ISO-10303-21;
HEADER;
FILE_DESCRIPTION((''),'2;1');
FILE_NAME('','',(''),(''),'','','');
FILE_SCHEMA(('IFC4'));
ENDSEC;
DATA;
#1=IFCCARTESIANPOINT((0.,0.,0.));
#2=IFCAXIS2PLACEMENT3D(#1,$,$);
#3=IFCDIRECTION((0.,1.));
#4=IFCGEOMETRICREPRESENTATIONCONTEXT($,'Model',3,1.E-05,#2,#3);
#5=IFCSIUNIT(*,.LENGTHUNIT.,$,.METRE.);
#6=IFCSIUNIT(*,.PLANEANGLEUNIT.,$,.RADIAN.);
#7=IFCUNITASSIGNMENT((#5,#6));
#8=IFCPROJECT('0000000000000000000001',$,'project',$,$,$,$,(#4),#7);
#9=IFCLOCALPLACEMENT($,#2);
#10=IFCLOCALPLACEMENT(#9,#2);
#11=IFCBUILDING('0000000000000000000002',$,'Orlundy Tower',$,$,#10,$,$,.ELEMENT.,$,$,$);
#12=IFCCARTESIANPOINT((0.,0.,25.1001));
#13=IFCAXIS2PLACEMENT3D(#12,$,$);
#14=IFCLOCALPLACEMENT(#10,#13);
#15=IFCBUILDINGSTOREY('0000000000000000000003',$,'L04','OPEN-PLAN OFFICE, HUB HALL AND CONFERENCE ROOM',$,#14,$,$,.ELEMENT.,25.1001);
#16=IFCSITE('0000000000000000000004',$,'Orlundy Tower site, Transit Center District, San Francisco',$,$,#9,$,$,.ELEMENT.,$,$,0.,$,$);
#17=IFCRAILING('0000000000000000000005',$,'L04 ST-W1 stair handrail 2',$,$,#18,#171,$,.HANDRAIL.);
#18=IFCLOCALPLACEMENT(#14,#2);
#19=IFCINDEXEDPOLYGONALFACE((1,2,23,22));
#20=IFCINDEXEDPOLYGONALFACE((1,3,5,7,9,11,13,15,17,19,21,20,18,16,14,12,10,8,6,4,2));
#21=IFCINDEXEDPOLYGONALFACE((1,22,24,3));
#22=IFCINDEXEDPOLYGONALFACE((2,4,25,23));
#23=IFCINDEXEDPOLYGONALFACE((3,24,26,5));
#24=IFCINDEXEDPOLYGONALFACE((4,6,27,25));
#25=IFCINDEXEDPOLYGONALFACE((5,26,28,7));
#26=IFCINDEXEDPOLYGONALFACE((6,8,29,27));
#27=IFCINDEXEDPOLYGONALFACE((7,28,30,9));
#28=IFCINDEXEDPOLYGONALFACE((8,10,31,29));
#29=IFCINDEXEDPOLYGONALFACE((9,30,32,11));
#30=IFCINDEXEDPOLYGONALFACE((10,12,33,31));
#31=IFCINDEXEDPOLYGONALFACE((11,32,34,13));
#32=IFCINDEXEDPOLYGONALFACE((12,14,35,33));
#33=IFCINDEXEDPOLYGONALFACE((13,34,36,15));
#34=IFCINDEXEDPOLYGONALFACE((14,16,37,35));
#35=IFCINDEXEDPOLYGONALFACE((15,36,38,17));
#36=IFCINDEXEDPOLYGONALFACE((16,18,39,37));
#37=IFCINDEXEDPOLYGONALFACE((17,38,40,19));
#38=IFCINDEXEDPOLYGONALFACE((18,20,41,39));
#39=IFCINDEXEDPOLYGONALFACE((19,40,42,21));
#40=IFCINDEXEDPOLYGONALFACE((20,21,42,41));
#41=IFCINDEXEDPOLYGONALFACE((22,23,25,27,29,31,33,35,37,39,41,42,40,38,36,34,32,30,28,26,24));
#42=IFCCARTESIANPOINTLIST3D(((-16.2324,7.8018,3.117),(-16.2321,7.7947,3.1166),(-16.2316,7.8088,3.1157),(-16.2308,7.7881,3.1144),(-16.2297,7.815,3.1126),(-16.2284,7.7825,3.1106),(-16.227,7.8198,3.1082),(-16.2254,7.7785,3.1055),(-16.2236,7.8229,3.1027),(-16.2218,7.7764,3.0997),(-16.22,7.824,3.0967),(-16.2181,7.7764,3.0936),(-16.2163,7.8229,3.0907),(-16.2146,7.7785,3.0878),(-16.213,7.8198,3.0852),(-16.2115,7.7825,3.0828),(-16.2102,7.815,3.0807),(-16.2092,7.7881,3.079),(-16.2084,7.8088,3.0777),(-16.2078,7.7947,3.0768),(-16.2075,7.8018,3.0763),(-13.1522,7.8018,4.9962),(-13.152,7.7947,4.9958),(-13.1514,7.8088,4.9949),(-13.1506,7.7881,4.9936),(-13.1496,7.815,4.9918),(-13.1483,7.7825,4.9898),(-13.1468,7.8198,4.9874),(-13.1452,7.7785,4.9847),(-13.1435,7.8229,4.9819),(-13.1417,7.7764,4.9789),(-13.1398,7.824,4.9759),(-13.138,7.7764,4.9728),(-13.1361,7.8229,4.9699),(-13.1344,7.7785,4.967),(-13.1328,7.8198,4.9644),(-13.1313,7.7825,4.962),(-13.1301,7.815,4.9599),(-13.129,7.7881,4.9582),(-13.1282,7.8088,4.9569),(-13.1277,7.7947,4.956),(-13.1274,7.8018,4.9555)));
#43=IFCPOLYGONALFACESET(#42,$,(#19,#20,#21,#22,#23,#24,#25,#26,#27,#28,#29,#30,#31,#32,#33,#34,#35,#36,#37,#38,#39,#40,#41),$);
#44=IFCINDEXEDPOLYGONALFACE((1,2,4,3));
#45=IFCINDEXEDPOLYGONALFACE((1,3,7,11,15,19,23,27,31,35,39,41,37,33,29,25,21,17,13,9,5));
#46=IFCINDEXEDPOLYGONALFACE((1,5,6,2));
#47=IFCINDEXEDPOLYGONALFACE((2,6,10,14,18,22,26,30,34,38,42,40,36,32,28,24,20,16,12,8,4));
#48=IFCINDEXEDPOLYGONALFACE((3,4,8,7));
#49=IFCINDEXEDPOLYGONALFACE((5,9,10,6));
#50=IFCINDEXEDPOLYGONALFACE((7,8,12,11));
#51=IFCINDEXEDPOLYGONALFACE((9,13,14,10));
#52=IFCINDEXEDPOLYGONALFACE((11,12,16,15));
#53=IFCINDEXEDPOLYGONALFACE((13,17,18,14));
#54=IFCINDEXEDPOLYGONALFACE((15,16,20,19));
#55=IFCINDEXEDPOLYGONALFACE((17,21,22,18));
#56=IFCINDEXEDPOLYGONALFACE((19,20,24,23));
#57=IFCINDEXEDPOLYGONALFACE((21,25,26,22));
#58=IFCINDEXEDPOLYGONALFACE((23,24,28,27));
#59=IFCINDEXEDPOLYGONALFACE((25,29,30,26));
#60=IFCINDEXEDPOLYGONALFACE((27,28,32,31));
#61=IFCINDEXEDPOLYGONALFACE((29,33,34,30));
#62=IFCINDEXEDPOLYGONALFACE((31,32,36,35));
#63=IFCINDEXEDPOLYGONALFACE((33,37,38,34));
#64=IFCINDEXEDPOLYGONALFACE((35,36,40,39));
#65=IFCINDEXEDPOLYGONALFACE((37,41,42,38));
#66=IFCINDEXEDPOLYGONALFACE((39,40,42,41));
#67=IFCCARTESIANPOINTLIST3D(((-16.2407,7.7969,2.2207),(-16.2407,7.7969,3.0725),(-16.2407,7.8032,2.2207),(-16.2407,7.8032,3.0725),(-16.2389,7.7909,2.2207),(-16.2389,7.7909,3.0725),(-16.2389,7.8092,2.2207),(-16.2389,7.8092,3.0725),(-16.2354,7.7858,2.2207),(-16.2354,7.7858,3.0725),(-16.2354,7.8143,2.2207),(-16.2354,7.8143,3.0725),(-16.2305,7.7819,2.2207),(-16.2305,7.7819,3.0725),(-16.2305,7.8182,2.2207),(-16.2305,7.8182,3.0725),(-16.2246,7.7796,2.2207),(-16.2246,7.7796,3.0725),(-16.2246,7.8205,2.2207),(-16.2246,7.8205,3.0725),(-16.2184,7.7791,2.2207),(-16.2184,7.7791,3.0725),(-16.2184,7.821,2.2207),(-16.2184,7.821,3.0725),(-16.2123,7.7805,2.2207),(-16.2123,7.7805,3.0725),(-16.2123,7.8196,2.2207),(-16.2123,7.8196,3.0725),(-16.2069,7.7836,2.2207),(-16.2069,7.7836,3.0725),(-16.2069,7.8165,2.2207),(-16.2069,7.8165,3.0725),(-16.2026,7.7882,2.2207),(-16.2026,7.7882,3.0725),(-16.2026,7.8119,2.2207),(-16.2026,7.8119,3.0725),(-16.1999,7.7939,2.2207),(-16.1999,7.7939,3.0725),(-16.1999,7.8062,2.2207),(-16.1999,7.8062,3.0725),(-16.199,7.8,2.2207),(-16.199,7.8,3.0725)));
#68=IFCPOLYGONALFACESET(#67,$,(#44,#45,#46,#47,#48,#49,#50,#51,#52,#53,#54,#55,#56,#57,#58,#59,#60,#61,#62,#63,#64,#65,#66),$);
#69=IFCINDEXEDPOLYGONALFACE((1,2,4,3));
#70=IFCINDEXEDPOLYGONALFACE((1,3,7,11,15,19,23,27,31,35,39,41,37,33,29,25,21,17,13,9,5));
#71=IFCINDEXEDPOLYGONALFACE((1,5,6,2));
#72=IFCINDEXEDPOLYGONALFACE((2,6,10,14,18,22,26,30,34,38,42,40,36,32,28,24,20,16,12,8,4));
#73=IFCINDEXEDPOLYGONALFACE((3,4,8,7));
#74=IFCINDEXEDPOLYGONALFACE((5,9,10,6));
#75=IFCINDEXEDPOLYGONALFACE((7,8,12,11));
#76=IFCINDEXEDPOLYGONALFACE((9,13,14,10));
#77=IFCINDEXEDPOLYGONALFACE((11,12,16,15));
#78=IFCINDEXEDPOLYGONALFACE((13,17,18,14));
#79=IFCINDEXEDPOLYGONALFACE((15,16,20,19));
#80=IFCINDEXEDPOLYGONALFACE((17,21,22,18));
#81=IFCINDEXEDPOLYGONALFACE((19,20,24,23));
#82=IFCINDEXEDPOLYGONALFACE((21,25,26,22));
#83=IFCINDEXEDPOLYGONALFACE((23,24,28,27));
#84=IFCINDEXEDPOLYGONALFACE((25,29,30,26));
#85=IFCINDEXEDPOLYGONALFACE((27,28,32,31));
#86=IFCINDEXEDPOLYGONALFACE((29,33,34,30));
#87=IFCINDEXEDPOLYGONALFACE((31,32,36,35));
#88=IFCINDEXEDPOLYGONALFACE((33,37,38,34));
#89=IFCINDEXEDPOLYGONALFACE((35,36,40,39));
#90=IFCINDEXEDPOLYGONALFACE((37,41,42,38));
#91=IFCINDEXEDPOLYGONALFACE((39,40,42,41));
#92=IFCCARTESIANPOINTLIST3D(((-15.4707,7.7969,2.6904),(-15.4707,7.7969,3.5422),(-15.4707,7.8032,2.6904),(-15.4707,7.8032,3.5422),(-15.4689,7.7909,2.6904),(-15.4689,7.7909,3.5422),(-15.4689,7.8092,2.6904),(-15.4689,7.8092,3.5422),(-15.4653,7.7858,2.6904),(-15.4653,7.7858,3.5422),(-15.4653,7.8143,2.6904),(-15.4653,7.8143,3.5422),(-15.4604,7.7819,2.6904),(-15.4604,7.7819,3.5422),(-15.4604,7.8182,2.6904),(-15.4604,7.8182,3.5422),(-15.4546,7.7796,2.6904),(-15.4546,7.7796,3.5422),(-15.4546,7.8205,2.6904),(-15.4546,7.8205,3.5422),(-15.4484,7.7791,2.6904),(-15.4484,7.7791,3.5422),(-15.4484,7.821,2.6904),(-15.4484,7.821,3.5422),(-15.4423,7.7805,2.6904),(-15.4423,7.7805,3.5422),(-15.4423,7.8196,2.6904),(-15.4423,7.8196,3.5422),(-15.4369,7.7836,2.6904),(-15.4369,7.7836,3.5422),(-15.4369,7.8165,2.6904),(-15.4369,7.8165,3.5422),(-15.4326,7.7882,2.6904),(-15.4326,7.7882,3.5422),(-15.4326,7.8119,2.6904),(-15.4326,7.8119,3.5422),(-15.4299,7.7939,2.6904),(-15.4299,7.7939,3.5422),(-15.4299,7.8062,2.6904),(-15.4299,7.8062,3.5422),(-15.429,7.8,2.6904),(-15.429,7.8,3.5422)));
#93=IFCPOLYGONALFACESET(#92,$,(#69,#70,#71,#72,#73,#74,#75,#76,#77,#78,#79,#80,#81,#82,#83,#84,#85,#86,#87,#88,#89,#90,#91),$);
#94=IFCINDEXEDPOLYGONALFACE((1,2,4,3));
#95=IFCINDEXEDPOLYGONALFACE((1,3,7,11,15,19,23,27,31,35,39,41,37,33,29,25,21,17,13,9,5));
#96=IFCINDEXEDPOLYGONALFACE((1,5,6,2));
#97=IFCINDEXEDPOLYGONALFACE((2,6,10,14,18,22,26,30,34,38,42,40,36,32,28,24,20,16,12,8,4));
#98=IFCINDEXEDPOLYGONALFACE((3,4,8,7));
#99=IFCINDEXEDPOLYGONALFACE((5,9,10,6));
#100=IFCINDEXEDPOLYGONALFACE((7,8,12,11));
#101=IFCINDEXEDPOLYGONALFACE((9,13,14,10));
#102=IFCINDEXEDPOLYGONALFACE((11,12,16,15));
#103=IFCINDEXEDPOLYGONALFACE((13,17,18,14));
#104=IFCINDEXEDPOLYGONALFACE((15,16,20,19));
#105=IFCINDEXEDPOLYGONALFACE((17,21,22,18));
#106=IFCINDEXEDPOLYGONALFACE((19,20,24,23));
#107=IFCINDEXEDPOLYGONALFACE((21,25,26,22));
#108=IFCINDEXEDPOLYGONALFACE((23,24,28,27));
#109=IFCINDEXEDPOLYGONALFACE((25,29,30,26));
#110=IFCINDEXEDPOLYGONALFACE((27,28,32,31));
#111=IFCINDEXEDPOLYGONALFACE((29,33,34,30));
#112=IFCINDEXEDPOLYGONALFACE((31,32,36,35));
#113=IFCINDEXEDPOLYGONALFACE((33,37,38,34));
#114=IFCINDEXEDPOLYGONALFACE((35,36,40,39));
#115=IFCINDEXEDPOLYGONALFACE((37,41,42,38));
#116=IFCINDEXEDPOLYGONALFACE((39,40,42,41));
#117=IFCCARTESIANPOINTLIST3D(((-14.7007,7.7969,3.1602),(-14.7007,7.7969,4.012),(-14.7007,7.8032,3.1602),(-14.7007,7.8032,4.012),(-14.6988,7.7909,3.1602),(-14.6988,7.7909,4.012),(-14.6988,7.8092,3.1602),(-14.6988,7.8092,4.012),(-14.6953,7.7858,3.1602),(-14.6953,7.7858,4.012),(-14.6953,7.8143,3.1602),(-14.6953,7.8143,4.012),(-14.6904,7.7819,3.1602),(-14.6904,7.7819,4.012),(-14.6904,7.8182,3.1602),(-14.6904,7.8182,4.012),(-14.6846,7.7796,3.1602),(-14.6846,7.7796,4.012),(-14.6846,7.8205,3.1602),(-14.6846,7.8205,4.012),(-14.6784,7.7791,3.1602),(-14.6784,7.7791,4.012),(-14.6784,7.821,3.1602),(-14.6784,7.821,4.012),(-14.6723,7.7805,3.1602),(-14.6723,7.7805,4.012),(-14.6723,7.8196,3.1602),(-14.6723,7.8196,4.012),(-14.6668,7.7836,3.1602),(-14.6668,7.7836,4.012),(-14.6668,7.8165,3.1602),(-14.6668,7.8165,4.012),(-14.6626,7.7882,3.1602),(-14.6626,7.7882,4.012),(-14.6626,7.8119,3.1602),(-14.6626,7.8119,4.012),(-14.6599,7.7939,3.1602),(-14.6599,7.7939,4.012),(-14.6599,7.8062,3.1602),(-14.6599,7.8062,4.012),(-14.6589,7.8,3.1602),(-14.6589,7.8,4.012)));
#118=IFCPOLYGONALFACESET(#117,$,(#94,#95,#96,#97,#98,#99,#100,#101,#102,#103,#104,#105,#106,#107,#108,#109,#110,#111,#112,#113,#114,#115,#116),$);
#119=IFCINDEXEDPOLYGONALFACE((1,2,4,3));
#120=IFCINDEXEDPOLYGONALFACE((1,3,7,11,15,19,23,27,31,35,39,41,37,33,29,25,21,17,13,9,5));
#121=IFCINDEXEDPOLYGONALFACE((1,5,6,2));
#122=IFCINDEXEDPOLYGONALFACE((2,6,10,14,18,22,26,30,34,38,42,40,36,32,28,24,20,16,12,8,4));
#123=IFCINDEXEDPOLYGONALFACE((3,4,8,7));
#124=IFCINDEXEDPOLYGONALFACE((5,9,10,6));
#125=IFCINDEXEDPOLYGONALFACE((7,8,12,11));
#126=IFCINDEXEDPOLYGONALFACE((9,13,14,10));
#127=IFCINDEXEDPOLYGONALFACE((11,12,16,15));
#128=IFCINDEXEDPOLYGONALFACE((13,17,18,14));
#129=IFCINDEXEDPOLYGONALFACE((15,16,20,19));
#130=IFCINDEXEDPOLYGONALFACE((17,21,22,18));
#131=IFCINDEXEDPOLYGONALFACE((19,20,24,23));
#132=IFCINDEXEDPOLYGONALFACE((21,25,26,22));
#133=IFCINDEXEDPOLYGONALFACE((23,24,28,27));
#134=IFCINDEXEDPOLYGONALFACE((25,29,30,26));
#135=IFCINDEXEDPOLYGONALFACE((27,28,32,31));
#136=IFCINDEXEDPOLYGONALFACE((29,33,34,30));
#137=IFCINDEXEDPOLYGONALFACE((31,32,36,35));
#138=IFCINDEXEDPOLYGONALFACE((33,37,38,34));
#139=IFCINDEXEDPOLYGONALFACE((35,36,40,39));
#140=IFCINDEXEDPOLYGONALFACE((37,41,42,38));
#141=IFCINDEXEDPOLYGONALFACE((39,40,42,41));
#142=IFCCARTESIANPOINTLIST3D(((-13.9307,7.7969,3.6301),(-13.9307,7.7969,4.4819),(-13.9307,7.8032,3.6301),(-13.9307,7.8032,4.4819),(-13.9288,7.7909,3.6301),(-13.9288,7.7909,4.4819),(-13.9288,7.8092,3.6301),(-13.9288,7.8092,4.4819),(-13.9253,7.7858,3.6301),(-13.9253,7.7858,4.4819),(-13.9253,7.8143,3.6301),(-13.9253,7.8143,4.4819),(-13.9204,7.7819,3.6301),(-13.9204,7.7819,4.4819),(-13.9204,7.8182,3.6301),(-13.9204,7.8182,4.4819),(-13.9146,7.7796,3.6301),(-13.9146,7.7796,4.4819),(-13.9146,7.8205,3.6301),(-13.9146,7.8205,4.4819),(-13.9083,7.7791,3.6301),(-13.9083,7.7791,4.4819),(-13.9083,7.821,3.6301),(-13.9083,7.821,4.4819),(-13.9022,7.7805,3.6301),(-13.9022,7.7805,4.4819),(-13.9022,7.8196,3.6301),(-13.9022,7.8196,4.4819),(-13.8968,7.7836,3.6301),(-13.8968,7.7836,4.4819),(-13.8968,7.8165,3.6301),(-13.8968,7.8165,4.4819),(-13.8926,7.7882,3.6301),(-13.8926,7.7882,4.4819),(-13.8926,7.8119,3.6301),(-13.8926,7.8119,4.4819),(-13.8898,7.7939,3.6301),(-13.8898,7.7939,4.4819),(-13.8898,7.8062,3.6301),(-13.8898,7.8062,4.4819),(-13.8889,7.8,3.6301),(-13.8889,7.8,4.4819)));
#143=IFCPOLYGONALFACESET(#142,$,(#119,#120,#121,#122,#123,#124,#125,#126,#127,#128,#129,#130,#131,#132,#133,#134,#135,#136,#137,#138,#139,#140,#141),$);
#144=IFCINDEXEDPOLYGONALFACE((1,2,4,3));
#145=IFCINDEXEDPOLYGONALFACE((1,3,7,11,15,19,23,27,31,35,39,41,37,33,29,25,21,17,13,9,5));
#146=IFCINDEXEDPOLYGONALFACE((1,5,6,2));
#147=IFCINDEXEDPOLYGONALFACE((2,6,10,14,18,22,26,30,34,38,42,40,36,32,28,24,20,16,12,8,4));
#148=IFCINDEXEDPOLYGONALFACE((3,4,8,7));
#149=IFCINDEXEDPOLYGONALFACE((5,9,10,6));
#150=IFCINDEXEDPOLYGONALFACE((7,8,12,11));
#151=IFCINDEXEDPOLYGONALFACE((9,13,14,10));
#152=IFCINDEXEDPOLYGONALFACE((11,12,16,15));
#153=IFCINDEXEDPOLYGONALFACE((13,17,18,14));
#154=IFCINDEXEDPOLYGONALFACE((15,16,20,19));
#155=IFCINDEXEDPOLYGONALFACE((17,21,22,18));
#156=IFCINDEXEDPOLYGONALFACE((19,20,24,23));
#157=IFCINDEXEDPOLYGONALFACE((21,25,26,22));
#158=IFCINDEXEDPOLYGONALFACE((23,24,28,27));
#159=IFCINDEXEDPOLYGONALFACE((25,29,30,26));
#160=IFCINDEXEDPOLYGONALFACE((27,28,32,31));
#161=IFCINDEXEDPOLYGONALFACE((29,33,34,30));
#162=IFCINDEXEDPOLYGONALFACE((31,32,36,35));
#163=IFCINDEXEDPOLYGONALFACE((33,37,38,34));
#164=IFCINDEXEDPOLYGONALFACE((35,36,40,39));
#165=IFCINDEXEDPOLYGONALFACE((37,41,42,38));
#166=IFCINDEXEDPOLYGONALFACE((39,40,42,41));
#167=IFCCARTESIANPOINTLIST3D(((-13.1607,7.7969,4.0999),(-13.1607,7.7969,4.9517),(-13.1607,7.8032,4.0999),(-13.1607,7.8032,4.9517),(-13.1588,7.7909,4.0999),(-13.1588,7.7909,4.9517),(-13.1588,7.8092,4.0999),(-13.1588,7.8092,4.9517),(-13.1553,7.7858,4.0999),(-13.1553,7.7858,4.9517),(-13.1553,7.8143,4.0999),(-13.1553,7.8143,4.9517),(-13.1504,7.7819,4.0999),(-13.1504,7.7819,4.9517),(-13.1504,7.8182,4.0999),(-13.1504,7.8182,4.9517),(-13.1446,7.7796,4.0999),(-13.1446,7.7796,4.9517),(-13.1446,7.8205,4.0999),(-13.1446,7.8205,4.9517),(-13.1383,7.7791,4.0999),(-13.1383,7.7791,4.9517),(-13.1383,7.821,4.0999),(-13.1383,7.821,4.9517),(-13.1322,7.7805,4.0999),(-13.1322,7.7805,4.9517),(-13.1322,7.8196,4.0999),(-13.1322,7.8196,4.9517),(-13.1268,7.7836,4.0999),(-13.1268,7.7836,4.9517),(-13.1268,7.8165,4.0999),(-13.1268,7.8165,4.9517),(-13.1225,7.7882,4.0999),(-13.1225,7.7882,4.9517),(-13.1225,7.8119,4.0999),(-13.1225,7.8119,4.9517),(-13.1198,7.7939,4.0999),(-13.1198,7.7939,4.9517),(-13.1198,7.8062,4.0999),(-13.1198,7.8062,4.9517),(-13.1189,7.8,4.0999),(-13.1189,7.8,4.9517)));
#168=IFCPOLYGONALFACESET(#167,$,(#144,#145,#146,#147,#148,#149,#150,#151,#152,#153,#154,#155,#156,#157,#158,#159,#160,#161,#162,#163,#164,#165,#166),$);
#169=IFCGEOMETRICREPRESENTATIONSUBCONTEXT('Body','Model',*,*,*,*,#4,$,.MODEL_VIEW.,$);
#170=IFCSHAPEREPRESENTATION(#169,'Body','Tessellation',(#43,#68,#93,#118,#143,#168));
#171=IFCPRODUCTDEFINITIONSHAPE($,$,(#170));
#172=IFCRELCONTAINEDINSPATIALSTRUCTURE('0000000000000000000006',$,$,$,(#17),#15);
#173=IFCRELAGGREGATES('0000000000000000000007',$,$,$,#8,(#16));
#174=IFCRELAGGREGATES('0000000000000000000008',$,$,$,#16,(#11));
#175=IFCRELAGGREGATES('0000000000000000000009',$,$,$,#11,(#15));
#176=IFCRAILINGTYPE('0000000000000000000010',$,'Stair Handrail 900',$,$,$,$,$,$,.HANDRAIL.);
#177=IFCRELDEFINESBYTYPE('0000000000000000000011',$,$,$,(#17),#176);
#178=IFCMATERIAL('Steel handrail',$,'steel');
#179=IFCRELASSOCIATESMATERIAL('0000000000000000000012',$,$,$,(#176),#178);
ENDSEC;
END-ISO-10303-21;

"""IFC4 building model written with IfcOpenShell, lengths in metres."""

from ifc_helpers import new_model, si_unit, direction, frame, origin, origin_2d, place, context, subcontext, project, spatial, circle, extrude, material, type_object, element, save


model = new_model("IFC4")

# Units and contexts
model_context = context("Model", 3, precision=1e-05, world=origin(), true_north=direction((0.0, 1.0)))
body_context = subcontext(model_context, "Body", "Model", "MODEL_VIEW")
ifc_project = project(units=[si_unit("LENGTHUNIT", "METRE"), si_unit("PLANEANGLEUNIT", "RADIAN")], contexts=[model_context])

# Site, building, storey
site_placement = place(None, origin())
site = spatial("IfcSite", under=ifc_project, at=site_placement, Name="Orlundy Tower site, Transit Center District, San Francisco", CompositionType="ELEMENT", RefElevation=0.0)
building_placement = place(site_placement, origin())
building = spatial("IfcBuilding", under=site, at=building_placement, Name="Orlundy Tower", CompositionType="ELEMENT")
storey_placement = place(building_placement, frame((0.0, 0.0, 25.1001)))
storey = spatial("IfcBuildingStorey", under=building, at=storey_placement, Name="L04", Description="OPEN-PLAN OFFICE, HUB HALL AND CONFERENCE ROOM", CompositionType="ELEMENT", Elevation=25.1001)

# Railing
ifc_material_1 = material(Name="Steel handrail", Category="steel")
railing_type_1 = type_object("IfcRailingType", Name="Stair Handrail 900", PredefinedType="HANDRAIL", material=ifc_material_1)
railing_1_placement = place(storey_placement, frame((-16.22, 7.8, 2.2207)))
element("IfcRailing", 1, at=railing_1_placement, inside=storey, type_object=railing_type_1, Name="L04 ST-W1 stair handrail 2", PredefinedType="HANDRAIL", context=body_context, shape_type="SweptSolid", body=[
    extrude(circle(Radius=0.0239, at=origin_2d()), frame((0.0, 0.0, 0.876), z_axis=(0.853666, 0.0, 0.52082), x_axis=(0.0, 1.0, 0.0)), (0.0, 0.0, 1.0), 3.6082),
    extrude(circle(Radius=0.021, at=origin_2d()), origin(), (0.0, 0.0, 1.0), 0.8518),
    extrude(circle(Radius=0.021, at=origin_2d()), frame((0.77, 0.0, 0.4697)), (0.0, 0.0, 1.0), 0.8518),
    extrude(circle(Radius=0.021, at=origin_2d()), frame((1.54, 0.0, 0.9395)), (0.0, 0.0, 1.0), 0.8518),
    extrude(circle(Radius=0.021, at=origin_2d()), frame((2.3101, 0.0, 1.4094)), (0.0, 0.0, 1.0), 0.8518),
    extrude(circle(Radius=0.021, at=origin_2d()), frame((3.0801, 0.0, 1.8792)), (0.0, 0.0, 1.0), 0.8518),
])

save(model, "model.ifc")
